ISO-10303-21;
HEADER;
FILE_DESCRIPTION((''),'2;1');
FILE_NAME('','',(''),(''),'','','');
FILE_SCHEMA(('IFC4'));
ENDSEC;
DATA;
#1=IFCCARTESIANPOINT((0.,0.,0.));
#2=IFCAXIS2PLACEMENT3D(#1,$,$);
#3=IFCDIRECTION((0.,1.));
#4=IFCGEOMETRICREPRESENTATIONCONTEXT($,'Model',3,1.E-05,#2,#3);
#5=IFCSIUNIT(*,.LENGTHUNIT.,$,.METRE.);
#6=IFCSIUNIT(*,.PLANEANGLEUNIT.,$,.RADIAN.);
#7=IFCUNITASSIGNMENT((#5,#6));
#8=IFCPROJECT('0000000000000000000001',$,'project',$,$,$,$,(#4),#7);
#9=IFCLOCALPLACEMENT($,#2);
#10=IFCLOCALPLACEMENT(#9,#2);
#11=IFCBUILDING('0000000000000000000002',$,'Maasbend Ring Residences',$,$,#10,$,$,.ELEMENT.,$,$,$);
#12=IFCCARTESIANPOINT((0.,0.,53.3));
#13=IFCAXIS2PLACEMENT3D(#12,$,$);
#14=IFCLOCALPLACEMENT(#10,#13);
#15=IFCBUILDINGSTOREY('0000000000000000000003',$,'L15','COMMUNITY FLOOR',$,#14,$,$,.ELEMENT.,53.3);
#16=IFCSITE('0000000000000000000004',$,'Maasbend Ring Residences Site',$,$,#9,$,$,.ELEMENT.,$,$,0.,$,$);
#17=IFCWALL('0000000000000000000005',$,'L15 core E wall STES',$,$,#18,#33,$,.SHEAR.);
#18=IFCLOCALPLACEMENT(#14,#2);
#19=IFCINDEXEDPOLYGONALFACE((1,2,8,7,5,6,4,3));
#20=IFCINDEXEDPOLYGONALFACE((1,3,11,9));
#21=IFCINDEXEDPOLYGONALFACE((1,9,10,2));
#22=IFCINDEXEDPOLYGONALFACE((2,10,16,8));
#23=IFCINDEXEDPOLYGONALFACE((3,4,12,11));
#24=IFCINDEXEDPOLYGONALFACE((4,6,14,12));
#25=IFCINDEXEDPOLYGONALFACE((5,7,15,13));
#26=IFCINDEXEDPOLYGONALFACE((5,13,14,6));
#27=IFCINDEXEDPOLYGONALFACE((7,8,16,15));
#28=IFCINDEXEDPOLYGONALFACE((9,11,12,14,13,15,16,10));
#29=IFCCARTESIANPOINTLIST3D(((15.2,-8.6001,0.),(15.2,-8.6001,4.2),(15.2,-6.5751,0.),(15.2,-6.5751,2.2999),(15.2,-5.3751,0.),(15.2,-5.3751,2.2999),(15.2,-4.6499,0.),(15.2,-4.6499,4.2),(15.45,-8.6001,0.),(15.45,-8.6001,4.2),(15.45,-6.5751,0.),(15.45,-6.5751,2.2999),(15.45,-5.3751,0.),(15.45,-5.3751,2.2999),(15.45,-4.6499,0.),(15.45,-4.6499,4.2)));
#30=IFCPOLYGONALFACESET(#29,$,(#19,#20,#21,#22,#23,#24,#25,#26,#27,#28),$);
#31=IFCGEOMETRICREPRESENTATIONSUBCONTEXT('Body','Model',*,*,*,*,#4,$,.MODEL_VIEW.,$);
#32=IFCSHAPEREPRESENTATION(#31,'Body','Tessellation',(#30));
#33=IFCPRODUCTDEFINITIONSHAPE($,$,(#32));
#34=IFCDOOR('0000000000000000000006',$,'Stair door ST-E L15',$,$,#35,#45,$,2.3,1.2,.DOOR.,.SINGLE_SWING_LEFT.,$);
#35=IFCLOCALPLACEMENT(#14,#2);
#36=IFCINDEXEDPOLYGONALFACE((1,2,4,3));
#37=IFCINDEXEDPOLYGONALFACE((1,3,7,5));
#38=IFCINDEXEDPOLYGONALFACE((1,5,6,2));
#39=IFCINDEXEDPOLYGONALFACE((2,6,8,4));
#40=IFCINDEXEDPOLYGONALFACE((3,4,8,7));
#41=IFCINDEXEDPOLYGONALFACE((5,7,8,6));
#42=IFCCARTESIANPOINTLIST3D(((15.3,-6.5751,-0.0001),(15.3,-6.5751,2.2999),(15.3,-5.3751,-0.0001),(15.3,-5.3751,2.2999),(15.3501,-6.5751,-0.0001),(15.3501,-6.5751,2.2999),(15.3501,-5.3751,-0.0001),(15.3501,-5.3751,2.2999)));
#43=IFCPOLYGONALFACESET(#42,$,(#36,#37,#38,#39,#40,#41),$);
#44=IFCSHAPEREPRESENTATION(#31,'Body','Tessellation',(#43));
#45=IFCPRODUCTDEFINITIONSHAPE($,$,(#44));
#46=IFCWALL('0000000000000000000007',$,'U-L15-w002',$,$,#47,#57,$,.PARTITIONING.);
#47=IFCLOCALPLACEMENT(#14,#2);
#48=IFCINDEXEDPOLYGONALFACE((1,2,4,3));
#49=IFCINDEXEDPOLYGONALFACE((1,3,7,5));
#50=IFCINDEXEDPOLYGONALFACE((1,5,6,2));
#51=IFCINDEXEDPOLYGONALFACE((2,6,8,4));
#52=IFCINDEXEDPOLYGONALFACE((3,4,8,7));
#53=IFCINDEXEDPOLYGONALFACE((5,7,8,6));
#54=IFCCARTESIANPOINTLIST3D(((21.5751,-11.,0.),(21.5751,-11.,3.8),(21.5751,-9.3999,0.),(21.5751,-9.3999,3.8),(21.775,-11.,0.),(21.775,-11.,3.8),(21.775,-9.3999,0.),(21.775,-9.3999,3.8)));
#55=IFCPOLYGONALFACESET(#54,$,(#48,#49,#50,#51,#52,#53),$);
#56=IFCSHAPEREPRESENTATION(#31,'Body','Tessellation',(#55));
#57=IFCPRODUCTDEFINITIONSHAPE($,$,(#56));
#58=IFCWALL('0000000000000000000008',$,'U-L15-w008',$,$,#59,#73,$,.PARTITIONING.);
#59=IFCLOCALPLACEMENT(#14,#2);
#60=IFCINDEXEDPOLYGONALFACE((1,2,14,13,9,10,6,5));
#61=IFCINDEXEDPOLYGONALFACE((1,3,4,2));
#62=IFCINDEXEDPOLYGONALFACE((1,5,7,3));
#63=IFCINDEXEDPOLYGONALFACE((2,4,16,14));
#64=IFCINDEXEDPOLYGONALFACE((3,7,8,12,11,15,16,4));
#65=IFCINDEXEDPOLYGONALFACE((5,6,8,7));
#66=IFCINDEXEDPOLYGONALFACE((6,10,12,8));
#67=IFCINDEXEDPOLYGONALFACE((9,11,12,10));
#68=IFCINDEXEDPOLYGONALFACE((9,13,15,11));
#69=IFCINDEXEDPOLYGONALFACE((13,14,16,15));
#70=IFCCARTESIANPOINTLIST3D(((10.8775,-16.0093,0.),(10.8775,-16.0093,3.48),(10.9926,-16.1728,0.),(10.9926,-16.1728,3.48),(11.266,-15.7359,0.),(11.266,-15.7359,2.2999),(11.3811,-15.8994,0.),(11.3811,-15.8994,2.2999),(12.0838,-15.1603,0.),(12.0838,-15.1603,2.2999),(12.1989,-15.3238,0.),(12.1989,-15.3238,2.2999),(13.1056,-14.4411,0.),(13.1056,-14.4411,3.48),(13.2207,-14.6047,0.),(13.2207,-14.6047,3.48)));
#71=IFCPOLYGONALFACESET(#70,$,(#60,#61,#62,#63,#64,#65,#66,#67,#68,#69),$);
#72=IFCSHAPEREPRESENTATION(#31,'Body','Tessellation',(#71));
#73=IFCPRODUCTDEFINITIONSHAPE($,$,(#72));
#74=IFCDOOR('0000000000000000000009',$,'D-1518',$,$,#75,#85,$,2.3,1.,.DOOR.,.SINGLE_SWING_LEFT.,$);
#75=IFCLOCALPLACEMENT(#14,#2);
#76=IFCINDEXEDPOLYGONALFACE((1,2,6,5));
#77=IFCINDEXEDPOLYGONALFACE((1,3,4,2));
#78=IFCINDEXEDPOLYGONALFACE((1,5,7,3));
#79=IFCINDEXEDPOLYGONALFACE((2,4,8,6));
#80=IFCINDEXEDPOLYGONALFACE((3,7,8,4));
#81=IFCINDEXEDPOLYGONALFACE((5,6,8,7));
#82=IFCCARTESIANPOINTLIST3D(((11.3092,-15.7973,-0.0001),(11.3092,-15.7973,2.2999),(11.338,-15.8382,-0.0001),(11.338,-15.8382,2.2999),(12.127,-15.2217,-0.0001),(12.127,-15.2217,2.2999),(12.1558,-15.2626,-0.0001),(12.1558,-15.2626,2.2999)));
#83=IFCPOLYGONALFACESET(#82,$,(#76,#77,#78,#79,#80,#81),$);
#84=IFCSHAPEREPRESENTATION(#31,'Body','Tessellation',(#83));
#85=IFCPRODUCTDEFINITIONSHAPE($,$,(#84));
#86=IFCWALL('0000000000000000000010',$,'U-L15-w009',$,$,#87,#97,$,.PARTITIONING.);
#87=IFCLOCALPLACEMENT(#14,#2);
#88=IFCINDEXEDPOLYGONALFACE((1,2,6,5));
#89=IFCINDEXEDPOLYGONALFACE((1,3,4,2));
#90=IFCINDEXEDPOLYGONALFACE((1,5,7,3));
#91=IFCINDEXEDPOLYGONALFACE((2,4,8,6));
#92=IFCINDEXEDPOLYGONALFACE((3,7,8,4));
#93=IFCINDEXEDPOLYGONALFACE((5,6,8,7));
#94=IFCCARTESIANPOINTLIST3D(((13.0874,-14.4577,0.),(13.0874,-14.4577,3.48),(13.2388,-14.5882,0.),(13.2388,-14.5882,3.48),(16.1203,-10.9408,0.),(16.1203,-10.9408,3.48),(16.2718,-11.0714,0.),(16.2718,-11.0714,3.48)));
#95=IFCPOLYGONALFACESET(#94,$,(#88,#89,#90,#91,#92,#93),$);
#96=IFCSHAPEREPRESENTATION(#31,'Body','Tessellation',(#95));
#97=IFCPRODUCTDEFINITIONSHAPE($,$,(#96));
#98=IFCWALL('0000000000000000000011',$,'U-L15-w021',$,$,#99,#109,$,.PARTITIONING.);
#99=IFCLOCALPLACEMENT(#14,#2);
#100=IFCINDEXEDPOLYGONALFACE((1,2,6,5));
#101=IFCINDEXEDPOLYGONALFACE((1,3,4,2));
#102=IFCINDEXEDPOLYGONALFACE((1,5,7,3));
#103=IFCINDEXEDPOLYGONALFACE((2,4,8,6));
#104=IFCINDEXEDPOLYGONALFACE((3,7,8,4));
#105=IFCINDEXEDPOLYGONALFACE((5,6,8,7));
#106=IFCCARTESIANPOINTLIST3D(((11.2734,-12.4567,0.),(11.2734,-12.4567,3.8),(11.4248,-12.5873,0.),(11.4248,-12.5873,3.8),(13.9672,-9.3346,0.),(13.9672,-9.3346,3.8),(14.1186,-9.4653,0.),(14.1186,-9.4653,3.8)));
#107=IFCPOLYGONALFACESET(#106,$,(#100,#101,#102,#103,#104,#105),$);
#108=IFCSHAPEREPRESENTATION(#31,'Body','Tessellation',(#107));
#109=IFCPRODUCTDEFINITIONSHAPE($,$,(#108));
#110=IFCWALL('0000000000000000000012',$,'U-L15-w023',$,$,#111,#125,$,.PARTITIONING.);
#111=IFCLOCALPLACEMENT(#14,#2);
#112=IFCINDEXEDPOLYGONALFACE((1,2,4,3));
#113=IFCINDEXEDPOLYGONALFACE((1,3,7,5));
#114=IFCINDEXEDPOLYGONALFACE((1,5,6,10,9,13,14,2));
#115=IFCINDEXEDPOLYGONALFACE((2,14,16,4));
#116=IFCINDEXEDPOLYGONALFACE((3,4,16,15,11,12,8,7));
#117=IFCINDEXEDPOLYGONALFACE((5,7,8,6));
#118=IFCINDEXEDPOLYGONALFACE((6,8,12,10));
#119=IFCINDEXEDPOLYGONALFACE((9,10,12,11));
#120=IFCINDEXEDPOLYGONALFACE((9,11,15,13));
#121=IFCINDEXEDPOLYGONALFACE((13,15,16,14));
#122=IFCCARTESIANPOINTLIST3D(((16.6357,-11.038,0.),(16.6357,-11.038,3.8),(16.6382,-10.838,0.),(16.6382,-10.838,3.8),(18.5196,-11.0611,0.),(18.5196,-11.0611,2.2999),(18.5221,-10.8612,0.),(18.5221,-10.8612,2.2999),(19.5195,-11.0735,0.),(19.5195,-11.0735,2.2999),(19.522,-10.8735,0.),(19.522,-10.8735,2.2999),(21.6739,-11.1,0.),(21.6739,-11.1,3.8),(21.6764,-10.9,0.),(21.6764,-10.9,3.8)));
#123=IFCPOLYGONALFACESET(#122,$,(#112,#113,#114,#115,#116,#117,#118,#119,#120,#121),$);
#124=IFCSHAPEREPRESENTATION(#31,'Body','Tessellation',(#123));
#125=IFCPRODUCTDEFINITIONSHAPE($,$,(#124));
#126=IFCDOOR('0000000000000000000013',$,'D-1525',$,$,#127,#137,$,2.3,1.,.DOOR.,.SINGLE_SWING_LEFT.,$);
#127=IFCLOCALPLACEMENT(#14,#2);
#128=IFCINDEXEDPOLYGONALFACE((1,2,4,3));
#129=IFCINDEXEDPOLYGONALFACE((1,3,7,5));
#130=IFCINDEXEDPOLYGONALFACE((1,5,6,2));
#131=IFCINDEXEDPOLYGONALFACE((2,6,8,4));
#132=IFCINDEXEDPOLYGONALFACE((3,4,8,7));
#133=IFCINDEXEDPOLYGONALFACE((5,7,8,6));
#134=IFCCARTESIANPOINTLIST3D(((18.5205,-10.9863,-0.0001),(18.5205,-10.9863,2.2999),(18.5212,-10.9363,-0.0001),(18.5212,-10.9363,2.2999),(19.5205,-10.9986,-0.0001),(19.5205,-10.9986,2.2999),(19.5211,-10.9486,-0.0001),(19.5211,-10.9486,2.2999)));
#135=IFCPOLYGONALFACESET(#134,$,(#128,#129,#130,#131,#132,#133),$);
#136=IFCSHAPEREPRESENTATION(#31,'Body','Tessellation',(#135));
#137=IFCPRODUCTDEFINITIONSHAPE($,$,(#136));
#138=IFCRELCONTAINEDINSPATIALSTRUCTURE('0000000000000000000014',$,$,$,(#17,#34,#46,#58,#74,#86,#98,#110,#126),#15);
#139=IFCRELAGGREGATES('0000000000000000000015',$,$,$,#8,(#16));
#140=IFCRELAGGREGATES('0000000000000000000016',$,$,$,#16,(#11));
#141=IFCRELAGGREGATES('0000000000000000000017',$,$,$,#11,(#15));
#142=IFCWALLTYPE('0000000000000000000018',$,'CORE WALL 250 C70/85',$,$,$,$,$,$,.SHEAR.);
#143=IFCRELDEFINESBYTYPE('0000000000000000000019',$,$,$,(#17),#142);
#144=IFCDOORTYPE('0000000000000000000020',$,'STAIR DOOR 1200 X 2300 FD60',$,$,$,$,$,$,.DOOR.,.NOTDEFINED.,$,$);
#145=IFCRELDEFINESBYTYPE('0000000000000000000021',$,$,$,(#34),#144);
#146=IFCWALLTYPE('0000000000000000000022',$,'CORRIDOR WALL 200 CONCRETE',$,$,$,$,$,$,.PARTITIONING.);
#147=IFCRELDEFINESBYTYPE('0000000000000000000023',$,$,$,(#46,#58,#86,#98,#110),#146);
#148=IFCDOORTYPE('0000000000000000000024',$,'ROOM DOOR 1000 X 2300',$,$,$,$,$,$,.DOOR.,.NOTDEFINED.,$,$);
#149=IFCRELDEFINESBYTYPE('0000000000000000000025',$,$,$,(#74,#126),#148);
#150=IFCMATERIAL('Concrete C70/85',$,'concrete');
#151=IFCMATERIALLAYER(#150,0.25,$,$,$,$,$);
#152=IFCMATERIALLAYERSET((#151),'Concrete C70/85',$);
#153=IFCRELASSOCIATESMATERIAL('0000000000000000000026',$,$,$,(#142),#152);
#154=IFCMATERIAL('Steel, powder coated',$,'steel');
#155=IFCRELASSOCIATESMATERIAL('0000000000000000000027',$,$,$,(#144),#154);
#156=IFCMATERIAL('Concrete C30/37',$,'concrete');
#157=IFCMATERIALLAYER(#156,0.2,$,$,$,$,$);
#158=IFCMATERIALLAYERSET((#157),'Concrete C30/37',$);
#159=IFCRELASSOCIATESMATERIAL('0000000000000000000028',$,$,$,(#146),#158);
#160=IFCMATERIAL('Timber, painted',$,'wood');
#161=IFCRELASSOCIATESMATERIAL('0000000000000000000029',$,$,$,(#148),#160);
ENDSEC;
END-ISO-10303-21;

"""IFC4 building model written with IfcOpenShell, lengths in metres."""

from ifc_helpers import new_model, si_unit, direction, frame, frame_2d, origin, place, context, subcontext, project, spatial, rectangle, extrude, material, layer, layer_set, type_object, element, fill, save


model = new_model("IFC4")

# Units and contexts
model_context = context("Model", 3, precision=1e-05, world=origin(), true_north=direction((0.0, 1.0)))
body_context = subcontext(model_context, "Body", "Model", "MODEL_VIEW")
ifc_project = project(units=[si_unit("LENGTHUNIT", "METRE"), si_unit("PLANEANGLEUNIT", "RADIAN")], contexts=[model_context])

# Site, building, storey
site_placement = place(None, origin())
site = spatial("IfcSite", under=ifc_project, at=site_placement, Name="Maasbend Ring Residences Site", CompositionType="ELEMENT", RefElevation=0.0)
building_placement = place(site_placement, origin())
building = spatial("IfcBuilding", under=site, at=building_placement, Name="Maasbend Ring Residences", CompositionType="ELEMENT")
storey_placement = place(building_placement, frame((0.0, 0.0, 53.3)))
storey = spatial("IfcBuildingStorey", under=building, at=storey_placement, Name="L15", Description="COMMUNITY FLOOR", CompositionType="ELEMENT", Elevation=53.3)

# Wall, opening, door
ifc_material_1 = material(Name="Concrete C70/85", Category="concrete")
ifc_layer_1 = layer(ifc_material_1, 0.25)
ifc_layer_set_1 = layer_set([ifc_layer_1], Name="Concrete C70/85")
wall_type_1 = type_object("IfcWallType", Name="CORE WALL 250 C70/85", PredefinedType="SHEAR", material=ifc_layer_set_1)
wall_1_placement = place(storey_placement, frame((15.325, -8.6001, 0.0), z_axis=(0.0, 0.0, 1.0), x_axis=(0.0, 1.0, 0.0)))
wall_1 = element("IfcWall", 1, at=wall_1_placement, inside=storey, type_object=wall_type_1, Name="L15 core E wall STES", PredefinedType="SHEAR", context=body_context, shape_type="SweptSolid", body=[
    extrude(rectangle(XDim=3.9502, YDim=0.25, at=frame_2d((1.9751, 0.0))), origin(), (0.0, 0.0, 1.0), 4.2),
])
opening_1_placement = place(wall_1_placement, frame((2.0249, 0.0, 0.0)))
opening_1 = element("IfcOpeningElement", 2, at=opening_1_placement, cuts=wall_1, PredefinedType="OPENING", context=body_context, shape_type="SweptSolid", body=[
    extrude(rectangle(XDim=1.2, YDim=2.3, at=frame_2d((0.6001, 1.1499))), frame((0.0, 0.135, 0.0), z_axis=(0.0, -1.0, 0.0), x_axis=(1.0, 0.0, 0.0)), (0.0, 0.0, 1.0), 0.27),
])
ifc_material_2 = material(Name="Steel, powder coated", Category="steel")
door_type_1 = type_object("IfcDoorType", Name="STAIR DOOR 1200 X 2300 FD60", OperationType="NOTDEFINED", PredefinedType="DOOR", material=ifc_material_2)
door_1_placement = place(opening_1_placement, origin())
door_1 = element("IfcDoor", 3, at=door_1_placement, inside=storey, type_object=door_type_1, Name="Stair door ST-E L15", OperationType="SINGLE_SWING_LEFT", OverallHeight=2.3, OverallWidth=1.2, PredefinedType="DOOR", context=body_context, shape_type="SweptSolid", body=[
    extrude(rectangle(XDim=1.2, YDim=2.3, at=frame_2d((0.6001, 1.1499))), frame((0.0, 0.0249, 0.0), z_axis=(0.0, -1.0, 0.0), x_axis=(1.0, 0.0, 0.0)), (0.0, 0.0, 1.0), 0.05),
])
fill(opening_1, door_1)

# Wall
ifc_material_3 = material(Name="Concrete C30/37", Category="concrete")
ifc_layer_2 = layer(ifc_material_3, 0.2)
ifc_layer_set_2 = layer_set([ifc_layer_2], Name="Concrete C30/37")
wall_type_2 = type_object("IfcWallType", Name="CORRIDOR WALL 200 CONCRETE", PredefinedType="PARTITIONING", material=ifc_layer_set_2)
wall_2_placement = place(storey_placement, frame((21.675, -11.0, 0.0), z_axis=(0.0, 0.0, 1.0), x_axis=(0.0, 1.0, 0.0)))
element("IfcWall", 4, at=wall_2_placement, inside=storey, type_object=wall_type_2, Name="U-L15-w002", PredefinedType="PARTITIONING", context=body_context, shape_type="SweptSolid", body=[
    extrude(rectangle(XDim=1.6001, YDim=0.2, at=frame_2d((0.8, 0.0))), origin(), (0.0, 0.0, 1.0), 3.8),
])

# Wall, opening, door
wall_3_placement = place(storey_placement, frame((10.9351, -16.0911, 0.0), z_axis=(0.0, 0.0, 1.0), x_axis=(0.817764, 0.575553, 0.0)))
wall_3 = element("IfcWall", 5, at=wall_3_placement, inside=storey, type_object=wall_type_2, Name="U-L15-w008", PredefinedType="PARTITIONING", context=body_context, shape_type="SweptSolid", body=[
    extrude(rectangle(XDim=2.7246, YDim=0.2, at=frame_2d((1.3623, 0.0))), origin(), (0.0, 0.0, 1.0), 3.48),
])
opening_2_placement = place(wall_3_placement, frame((0.4751, 0.0, 0.0)))
opening_2 = element("IfcOpeningElement", 6, at=opening_2_placement, cuts=wall_3, PredefinedType="OPENING", context=body_context, shape_type="SweptSolid", body=[
    extrude(rectangle(XDim=1.0, YDim=2.3, at=frame_2d((0.5, 1.1499))), frame((0.0, 0.1099, 0.0), z_axis=(0.0, -1.0, 0.0), x_axis=(1.0, 0.0, 0.0)), (0.0, 0.0, 1.0), 0.22),
])
ifc_material_4 = material(Name="Timber, painted", Category="wood")
door_type_2 = type_object("IfcDoorType", Name="ROOM DOOR 1000 X 2300", OperationType="NOTDEFINED", PredefinedType="DOOR", material=ifc_material_4)
door_2_placement = place(opening_2_placement, origin())
door_2 = element("IfcDoor", 7, at=door_2_placement, inside=storey, type_object=door_type_2, Name="D-1518", OperationType="SINGLE_SWING_LEFT", OverallHeight=2.3, OverallWidth=1.0, PredefinedType="DOOR", context=body_context, shape_type="SweptSolid", body=[
    extrude(rectangle(XDim=1.0, YDim=2.3, at=frame_2d((0.5, 1.1499))), frame((0.0, 0.0249, 0.0), z_axis=(0.0, -1.0, 0.0), x_axis=(1.0, 0.0, 0.0)), (0.0, 0.0, 1.0), 0.05),
])
fill(opening_2, door_2)

# Walls
wall_4_placement = place(storey_placement, frame((13.1631, -14.5229, 0.0), z_axis=(0.0, 0.0, 1.0), x_axis=(0.653087, 0.757283, 0.0)))
element("IfcWall", 8, at=wall_4_placement, inside=storey, type_object=wall_type_2, Name="U-L15-w009", PredefinedType="PARTITIONING", context=body_context, shape_type="SweptSolid", body=[
    extrude(rectangle(XDim=4.644, YDim=0.2, at=frame_2d((2.322, 0.0))), origin(), (0.0, 0.0, 1.0), 3.48),
])
wall_5_placement = place(storey_placement, frame((11.3491, -12.522, 0.0), z_axis=(0.0, 0.0, 1.0), x_axis=(0.653275, 0.757121, 0.0)))
element("IfcWall", 9, at=wall_5_placement, inside=storey, type_object=wall_type_2, Name="U-L15-w021", PredefinedType="PARTITIONING", context=body_context, shape_type="SweptSolid", body=[
    extrude(rectangle(XDim=4.1235, YDim=0.2, at=frame_2d((2.0618, 0.0))), origin(), (0.0, 0.0, 1.0), 3.8),
])

# Wall, opening, door
wall_6_placement = place(storey_placement, frame((16.637, -10.938, 0.0), z_axis=(0.0, 0.0, 1.0), x_axis=(0.999924, -0.012308, 0.0)))
wall_6 = element("IfcWall", 10, at=wall_6_placement, inside=storey, type_object=wall_type_2, Name="U-L15-w023", PredefinedType="PARTITIONING", context=body_context, shape_type="SweptSolid", body=[
    extrude(rectangle(XDim=5.0386, YDim=0.2, at=frame_2d((2.5193, 0.0))), origin(), (0.0, 0.0, 1.0), 3.8),
])
opening_3_placement = place(wall_6_placement, frame((1.884, 0.0, 0.0)))
opening_3 = element("IfcOpeningElement", 11, at=opening_3_placement, cuts=wall_6, PredefinedType="OPENING", context=body_context, shape_type="SweptSolid", body=[
    extrude(rectangle(XDim=1.0, YDim=2.3, at=frame_2d((0.5, 1.1499))), frame((0.0, 0.1099, 0.0), z_axis=(0.0, -1.0, 0.0), x_axis=(1.0, 0.0, 0.0)), (0.0, 0.0, 1.0), 0.22),
])
door_3_placement = place(opening_3_placement, origin())
door_3 = element("IfcDoor", 12, at=door_3_placement, inside=storey, type_object=door_type_2, Name="D-1525", OperationType="SINGLE_SWING_LEFT", OverallHeight=2.3, OverallWidth=1.0, PredefinedType="DOOR", context=body_context, shape_type="SweptSolid", body=[
    extrude(rectangle(XDim=1.0, YDim=2.3, at=frame_2d((0.5, 1.1499))), frame((0.0, 0.0249, 0.0), z_axis=(0.0, -1.0, 0.0), x_axis=(1.0, 0.0, 0.0)), (0.0, 0.0, 1.0), 0.05),
])
fill(opening_3, door_3)

save(model, "model.ifc")
